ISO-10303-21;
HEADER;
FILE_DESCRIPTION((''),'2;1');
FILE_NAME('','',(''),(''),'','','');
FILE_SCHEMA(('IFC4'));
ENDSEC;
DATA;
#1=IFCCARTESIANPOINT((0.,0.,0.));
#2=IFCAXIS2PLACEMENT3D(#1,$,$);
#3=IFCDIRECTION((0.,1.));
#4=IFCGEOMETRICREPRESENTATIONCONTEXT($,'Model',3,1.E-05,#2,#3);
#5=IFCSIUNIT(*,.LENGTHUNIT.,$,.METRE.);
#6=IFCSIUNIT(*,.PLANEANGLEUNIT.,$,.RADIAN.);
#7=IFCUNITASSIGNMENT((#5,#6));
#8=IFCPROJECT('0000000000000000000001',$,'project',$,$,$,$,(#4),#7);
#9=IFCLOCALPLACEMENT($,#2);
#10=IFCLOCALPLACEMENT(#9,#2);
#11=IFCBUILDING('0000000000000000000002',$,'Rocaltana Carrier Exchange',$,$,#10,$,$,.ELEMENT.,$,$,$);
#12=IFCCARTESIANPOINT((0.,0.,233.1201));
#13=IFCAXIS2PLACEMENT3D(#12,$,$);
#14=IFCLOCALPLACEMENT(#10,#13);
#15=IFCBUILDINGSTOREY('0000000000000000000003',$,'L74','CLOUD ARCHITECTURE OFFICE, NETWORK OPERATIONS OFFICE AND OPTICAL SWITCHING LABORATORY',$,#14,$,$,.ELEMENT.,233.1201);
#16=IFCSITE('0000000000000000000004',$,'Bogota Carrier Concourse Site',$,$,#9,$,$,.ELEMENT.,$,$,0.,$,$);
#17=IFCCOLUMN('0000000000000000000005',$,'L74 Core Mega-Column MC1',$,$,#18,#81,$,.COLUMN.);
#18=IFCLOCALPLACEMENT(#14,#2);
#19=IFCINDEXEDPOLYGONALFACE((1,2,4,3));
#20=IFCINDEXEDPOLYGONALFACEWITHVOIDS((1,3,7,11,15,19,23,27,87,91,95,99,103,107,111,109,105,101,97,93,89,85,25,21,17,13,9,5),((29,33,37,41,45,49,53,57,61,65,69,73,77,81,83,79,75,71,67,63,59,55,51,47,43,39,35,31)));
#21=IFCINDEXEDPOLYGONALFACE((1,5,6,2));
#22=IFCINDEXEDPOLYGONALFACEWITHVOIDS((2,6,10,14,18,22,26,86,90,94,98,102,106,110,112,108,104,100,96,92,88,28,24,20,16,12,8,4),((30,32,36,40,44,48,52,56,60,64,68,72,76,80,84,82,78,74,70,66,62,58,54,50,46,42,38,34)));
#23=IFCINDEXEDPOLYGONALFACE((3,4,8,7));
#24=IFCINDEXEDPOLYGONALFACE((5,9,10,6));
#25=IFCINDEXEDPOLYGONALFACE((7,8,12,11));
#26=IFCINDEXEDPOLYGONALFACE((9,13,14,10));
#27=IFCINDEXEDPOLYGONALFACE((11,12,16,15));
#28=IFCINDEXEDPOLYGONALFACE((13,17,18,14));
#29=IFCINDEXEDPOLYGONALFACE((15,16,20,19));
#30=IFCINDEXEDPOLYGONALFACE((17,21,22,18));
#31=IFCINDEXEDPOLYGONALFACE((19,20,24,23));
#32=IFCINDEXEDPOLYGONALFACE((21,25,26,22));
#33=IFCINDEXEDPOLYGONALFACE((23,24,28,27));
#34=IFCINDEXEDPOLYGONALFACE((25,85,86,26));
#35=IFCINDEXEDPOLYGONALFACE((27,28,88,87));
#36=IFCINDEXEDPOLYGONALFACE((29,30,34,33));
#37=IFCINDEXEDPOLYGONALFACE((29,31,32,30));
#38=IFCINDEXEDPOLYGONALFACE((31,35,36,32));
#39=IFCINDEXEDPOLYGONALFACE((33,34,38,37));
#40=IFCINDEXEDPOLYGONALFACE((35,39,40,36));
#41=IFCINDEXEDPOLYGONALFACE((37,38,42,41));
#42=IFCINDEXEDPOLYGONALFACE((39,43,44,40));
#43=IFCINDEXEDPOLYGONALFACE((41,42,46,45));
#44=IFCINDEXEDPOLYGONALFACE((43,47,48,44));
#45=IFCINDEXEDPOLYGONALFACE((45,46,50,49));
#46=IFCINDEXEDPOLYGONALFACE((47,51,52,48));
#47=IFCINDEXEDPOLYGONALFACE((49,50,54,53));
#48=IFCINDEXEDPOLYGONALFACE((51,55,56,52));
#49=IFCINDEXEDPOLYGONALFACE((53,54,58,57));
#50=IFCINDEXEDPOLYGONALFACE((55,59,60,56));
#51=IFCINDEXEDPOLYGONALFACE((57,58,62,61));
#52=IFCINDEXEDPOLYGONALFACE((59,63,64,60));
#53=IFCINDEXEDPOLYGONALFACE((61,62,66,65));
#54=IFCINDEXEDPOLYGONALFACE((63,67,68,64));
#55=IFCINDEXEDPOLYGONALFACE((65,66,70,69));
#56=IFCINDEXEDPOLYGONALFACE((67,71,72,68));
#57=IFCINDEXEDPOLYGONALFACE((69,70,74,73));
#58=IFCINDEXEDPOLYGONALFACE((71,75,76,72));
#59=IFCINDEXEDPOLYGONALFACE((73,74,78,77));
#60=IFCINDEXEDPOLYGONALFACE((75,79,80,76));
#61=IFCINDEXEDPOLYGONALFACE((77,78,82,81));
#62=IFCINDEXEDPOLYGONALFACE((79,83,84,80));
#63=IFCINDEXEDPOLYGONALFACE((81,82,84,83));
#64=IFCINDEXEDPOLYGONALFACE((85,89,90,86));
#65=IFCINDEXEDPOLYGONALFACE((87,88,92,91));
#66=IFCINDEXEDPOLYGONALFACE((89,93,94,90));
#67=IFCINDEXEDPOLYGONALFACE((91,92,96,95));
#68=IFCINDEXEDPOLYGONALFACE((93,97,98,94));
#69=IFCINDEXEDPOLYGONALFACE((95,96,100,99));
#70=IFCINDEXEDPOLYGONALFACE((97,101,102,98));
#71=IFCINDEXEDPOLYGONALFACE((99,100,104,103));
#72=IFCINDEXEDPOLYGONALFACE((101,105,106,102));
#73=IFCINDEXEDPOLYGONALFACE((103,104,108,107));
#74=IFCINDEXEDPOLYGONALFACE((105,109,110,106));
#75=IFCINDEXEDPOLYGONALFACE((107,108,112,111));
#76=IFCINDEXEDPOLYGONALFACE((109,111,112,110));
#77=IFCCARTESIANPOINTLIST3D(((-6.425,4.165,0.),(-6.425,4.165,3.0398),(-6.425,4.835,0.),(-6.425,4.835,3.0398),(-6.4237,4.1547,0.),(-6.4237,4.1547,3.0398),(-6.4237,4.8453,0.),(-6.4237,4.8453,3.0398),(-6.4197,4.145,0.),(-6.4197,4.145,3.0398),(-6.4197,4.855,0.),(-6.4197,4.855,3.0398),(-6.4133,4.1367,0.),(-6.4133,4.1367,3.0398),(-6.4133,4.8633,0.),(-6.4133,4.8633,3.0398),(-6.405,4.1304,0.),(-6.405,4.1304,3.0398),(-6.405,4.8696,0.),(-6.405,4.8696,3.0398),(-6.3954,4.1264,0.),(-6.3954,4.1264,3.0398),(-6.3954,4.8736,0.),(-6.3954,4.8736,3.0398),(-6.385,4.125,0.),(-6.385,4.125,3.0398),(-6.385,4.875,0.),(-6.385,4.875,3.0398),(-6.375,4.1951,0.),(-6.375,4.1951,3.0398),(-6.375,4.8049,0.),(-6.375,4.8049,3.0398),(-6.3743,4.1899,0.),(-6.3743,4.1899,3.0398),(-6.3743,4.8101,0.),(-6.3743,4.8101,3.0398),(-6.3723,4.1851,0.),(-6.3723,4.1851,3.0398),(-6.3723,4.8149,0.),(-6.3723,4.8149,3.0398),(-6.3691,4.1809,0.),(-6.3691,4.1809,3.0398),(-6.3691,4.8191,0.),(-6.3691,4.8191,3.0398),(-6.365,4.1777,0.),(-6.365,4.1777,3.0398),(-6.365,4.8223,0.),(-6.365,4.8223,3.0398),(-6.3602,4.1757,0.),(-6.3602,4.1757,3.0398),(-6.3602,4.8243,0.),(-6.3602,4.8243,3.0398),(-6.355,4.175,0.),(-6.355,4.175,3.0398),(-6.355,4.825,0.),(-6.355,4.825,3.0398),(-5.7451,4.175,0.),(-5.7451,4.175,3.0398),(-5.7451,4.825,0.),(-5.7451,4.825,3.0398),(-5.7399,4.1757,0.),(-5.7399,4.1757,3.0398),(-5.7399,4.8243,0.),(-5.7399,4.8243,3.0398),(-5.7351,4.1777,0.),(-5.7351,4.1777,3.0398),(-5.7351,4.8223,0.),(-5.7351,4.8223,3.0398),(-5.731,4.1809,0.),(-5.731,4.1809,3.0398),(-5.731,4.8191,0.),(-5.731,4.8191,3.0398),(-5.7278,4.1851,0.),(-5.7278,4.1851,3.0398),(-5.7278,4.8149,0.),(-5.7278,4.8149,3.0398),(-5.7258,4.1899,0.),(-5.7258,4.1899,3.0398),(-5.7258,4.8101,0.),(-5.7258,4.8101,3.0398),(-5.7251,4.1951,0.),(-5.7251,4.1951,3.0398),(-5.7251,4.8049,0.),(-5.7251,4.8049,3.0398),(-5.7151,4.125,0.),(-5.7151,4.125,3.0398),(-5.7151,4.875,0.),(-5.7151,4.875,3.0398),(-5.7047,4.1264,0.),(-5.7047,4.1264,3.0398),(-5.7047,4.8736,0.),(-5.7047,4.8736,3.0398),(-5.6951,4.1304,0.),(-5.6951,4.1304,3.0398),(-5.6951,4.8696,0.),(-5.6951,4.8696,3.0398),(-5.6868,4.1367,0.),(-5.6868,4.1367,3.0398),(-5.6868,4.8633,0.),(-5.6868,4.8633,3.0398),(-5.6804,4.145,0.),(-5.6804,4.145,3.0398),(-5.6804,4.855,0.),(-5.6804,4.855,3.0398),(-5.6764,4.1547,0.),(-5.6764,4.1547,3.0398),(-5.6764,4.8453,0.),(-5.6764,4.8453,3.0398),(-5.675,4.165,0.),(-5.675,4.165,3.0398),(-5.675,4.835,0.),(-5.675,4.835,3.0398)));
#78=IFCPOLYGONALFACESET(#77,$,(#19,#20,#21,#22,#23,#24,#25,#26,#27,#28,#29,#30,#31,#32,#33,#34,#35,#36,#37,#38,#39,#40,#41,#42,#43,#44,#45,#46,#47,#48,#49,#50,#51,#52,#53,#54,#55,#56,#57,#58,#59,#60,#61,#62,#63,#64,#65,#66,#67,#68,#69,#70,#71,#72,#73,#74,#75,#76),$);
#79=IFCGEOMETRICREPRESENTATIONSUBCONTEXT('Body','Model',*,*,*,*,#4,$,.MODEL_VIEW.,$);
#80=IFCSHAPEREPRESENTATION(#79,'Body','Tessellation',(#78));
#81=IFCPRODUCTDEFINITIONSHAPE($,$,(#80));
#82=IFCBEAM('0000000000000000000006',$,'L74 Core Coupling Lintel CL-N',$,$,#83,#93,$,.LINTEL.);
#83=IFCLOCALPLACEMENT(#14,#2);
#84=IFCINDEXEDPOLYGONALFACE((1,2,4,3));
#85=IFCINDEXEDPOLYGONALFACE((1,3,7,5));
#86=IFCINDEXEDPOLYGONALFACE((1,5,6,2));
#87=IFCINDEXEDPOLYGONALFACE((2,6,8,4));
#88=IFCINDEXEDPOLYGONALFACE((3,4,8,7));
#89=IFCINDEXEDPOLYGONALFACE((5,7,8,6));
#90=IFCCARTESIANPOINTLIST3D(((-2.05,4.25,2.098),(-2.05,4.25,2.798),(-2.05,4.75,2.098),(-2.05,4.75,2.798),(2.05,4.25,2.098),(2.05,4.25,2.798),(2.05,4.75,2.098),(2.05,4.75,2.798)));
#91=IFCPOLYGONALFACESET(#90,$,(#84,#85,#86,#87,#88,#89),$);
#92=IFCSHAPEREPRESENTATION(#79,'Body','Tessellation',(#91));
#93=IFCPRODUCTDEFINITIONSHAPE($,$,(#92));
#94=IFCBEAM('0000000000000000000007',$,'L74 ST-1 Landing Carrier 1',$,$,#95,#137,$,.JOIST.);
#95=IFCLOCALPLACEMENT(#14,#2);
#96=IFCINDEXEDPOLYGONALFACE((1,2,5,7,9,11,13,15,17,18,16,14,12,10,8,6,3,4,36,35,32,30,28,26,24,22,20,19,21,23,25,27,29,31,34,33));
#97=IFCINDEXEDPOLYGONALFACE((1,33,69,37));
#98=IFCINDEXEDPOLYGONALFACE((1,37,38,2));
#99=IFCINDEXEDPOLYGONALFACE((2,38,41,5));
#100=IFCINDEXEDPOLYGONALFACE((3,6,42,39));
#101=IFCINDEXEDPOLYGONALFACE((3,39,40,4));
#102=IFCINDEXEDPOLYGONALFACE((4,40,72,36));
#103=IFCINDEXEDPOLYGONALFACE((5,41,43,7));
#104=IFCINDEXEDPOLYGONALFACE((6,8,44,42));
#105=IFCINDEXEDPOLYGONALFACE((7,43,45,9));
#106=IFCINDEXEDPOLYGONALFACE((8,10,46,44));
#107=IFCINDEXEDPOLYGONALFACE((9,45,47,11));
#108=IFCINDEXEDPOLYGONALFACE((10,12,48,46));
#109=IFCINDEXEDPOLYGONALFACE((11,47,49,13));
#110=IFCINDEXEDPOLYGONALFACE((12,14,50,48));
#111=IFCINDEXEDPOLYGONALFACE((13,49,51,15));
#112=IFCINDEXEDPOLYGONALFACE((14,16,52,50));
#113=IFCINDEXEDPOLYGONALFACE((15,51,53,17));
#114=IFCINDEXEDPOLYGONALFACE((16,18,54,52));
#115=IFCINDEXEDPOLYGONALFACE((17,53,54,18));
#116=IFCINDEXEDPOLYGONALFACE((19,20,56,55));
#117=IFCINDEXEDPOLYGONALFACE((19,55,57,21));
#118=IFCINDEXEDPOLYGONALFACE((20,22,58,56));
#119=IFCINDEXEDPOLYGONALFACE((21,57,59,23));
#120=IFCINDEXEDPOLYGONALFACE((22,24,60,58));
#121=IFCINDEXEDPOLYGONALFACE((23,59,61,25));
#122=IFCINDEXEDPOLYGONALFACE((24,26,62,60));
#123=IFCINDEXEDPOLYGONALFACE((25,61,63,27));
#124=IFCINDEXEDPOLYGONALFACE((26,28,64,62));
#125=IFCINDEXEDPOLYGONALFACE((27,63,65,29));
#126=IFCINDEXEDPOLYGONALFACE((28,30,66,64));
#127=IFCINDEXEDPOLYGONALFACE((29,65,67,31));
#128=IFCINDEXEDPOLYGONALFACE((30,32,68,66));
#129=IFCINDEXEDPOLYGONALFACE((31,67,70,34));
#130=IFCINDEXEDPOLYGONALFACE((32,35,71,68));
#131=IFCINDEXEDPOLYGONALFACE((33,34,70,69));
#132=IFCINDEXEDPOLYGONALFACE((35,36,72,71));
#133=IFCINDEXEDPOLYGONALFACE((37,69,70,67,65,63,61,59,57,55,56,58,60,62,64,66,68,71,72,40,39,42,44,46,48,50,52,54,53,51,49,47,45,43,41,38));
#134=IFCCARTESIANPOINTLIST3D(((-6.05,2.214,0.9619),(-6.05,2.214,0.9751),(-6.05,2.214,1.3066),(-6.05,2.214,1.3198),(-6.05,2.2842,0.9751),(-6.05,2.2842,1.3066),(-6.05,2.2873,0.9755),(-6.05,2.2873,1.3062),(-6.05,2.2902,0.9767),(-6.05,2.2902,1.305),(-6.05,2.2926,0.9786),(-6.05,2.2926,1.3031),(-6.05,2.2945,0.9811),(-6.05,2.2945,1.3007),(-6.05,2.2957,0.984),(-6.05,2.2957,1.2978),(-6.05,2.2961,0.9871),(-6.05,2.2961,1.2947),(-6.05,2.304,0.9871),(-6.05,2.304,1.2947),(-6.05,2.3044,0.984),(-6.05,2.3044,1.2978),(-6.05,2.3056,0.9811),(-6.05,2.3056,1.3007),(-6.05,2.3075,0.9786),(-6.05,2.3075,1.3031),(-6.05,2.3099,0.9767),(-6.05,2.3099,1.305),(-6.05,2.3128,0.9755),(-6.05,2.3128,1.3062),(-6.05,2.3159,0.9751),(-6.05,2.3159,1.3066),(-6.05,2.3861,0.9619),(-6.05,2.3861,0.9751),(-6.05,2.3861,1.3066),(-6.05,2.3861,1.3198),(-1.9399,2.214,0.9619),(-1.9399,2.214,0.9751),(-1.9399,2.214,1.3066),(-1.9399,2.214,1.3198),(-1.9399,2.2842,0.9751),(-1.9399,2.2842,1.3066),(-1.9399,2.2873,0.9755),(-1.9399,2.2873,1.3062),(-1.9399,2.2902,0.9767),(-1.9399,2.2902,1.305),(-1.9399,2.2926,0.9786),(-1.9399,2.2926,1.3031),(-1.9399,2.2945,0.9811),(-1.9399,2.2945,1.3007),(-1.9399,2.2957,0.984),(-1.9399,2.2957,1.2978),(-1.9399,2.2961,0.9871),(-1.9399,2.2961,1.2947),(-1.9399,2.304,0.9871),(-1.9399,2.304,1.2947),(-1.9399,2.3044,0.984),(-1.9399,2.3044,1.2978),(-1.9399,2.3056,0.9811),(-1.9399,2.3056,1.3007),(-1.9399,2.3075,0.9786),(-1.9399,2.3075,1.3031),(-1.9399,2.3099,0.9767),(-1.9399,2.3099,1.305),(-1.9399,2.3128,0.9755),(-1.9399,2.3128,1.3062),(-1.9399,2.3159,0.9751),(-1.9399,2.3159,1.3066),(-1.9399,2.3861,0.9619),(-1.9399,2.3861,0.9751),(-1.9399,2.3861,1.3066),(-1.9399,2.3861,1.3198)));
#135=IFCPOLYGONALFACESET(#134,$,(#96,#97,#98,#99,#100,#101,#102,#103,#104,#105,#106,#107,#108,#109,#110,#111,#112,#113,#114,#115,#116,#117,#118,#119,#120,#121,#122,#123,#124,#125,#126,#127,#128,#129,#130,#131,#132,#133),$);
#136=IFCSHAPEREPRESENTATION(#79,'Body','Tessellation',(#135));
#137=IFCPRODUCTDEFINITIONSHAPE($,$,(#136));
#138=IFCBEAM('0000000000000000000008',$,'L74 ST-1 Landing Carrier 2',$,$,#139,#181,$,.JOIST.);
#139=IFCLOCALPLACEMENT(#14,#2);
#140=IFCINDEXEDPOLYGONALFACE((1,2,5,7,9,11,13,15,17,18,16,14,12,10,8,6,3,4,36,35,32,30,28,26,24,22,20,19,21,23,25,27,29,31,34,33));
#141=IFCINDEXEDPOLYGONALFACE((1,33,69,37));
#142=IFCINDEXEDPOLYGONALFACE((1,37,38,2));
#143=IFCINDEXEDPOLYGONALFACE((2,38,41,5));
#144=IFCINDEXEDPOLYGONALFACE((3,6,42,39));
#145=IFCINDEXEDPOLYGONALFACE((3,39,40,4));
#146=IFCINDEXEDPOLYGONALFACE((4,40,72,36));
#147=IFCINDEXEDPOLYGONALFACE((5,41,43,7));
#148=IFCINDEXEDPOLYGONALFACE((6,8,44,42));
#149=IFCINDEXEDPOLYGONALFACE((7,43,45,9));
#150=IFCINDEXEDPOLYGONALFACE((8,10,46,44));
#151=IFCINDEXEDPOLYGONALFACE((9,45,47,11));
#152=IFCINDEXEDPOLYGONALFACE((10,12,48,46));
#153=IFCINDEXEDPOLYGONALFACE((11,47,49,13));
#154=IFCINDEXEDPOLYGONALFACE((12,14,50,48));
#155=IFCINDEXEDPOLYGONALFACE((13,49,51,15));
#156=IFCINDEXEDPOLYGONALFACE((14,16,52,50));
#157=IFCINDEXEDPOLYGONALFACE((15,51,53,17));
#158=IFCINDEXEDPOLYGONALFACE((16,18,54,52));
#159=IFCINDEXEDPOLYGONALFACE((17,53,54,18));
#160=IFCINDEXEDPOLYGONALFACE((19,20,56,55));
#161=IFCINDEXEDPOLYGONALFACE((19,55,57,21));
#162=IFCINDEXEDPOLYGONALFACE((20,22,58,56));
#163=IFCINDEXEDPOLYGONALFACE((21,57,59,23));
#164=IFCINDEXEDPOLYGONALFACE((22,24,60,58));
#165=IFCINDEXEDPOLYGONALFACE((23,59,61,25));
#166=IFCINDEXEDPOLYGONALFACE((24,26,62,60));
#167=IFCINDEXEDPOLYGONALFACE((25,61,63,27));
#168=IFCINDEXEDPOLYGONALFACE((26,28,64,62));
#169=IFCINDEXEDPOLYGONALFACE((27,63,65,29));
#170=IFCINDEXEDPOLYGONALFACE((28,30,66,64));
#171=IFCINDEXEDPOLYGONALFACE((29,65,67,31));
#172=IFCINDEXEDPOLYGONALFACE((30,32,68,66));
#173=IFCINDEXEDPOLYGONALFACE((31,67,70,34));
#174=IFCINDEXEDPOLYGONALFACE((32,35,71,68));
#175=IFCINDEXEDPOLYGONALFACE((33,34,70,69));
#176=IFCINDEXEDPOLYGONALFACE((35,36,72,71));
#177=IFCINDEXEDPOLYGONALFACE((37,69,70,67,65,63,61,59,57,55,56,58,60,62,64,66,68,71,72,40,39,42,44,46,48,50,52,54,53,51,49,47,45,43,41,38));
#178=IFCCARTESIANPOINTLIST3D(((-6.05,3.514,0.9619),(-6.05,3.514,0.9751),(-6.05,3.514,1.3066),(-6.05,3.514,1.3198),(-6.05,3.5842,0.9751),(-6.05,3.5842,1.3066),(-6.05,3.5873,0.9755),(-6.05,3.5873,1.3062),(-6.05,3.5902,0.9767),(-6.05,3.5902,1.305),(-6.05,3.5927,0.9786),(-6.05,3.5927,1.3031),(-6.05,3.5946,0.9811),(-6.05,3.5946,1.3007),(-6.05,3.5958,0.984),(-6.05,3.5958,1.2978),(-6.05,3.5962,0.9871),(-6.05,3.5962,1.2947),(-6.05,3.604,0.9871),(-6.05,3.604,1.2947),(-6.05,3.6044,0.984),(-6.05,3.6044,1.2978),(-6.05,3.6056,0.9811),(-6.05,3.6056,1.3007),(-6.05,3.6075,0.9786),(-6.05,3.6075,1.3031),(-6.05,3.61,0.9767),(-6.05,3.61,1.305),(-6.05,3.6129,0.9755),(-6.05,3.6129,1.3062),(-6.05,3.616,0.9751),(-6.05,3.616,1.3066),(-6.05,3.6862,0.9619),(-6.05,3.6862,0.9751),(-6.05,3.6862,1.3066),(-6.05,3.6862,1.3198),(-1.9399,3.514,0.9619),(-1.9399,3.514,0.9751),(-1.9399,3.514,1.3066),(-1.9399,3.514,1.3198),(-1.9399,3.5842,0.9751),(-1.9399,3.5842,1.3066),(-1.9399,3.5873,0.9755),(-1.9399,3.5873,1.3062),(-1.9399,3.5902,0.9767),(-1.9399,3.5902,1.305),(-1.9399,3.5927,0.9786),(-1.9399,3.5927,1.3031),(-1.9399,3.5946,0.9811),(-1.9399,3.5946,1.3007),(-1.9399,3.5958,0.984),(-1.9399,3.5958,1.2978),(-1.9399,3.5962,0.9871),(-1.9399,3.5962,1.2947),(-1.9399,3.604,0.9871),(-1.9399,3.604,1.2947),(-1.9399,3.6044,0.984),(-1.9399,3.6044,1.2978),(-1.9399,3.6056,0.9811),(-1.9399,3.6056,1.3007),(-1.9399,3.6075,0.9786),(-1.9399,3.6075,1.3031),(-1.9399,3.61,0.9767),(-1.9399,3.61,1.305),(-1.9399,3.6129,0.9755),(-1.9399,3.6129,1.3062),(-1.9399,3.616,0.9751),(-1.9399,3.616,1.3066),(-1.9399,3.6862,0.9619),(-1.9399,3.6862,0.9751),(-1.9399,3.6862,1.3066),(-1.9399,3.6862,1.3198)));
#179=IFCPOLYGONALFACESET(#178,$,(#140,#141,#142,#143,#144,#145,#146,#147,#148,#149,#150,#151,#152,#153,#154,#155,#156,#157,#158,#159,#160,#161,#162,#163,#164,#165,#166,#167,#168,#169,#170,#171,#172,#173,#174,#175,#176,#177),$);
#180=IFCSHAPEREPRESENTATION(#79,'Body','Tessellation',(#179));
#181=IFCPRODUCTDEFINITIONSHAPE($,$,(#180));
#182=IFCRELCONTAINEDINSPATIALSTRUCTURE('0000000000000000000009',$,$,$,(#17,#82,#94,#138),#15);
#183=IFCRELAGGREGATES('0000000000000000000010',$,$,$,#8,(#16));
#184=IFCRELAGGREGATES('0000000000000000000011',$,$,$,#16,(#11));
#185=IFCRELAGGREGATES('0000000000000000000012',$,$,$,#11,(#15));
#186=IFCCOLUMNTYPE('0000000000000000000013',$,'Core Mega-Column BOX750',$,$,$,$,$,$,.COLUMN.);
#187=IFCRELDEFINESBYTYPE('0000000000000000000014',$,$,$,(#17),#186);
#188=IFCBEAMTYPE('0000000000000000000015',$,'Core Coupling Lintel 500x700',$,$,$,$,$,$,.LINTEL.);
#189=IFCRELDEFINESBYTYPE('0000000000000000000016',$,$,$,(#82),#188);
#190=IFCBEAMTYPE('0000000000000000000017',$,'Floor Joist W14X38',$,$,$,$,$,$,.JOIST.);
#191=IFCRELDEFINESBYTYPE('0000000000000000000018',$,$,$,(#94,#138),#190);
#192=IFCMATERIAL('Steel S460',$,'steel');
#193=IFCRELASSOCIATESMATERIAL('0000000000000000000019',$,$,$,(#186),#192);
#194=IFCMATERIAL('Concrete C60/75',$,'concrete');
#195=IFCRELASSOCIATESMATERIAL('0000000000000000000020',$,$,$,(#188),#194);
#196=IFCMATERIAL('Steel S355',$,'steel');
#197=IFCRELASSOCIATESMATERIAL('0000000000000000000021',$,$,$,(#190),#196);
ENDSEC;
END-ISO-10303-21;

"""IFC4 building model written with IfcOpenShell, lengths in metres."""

from ifc_helpers import new_model, si_unit, direction, frame, origin, origin_2d, place, context, subcontext, project, spatial, rectangle, hollow_rectangle, i_section, extrude, material, material_profile, profile_set, type_object, element, save


model = new_model("IFC4")

# Units and contexts
model_context = context("Model", 3, precision=1e-05, world=origin(), true_north=direction((0.0, 1.0)))
body_context = subcontext(model_context, "Body", "Model", "MODEL_VIEW")
ifc_project = project(units=[si_unit("LENGTHUNIT", "METRE"), si_unit("PLANEANGLEUNIT", "RADIAN")], contexts=[model_context])

# Site, building, storey
site_placement = place(None, origin())
site = spatial("IfcSite", under=ifc_project, at=site_placement, Name="Bogota Carrier Concourse Site", CompositionType="ELEMENT", RefElevation=0.0)
building_placement = place(site_placement, origin())
building = spatial("IfcBuilding", under=site, at=building_placement, Name="Rocaltana Carrier Exchange", CompositionType="ELEMENT")
storey_placement = place(building_placement, frame((0.0, 0.0, 233.1201)))
storey = spatial("IfcBuildingStorey", under=building, at=storey_placement, Name="L74", Description="CLOUD ARCHITECTURE OFFICE, NETWORK OPERATIONS OFFICE AND OPTICAL SWITCHING LABORATORY", CompositionType="ELEMENT", Elevation=233.1201)

# Column
ifc_material_1 = material(Name="Steel S460", Category="steel")
ifc_material_profile_1 = material_profile(ifc_material_1, hollow_rectangle(XDim=0.75, YDim=0.75, WallThickness=0.05, InnerFilletRadius=0.02, OuterFilletRadius=0.04, at=origin_2d()), Name="BOX750X750X50")
ifc_profile_set_1 = profile_set([ifc_material_profile_1], Name="Steel S460")
column_type = type_object("IfcColumnType", Name="Core Mega-Column BOX750", PredefinedType="COLUMN", material=ifc_profile_set_1)
column_placement = place(storey_placement, frame((-6.05, 4.5, 0.0), z_axis=(0.0, 0.0, 1.0), x_axis=(1.0, 0.0, 0.0)))
element("IfcColumn", 1, at=column_placement, inside=storey, type_object=column_type, Name="L74 Core Mega-Column MC1", PredefinedType="COLUMN", context=body_context, shape_type="SweptSolid", body=[
    extrude(hollow_rectangle(XDim=0.75, YDim=0.75, WallThickness=0.05, InnerFilletRadius=0.02, OuterFilletRadius=0.04, at=origin_2d()), origin(), (0.0, 0.0, 1.0), 3.0398),
])

# Beams
ifc_material_2 = material(Name="Concrete C60/75", Category="concrete")
ifc_material_profile_2 = material_profile(ifc_material_2, rectangle(XDim=0.5, YDim=0.7, at=origin_2d()), Name="RC-BM-500X700")
ifc_profile_set_2 = profile_set([ifc_material_profile_2], Name="Concrete C60/75")
beam_type_1 = type_object("IfcBeamType", Name="Core Coupling Lintel 500x700", PredefinedType="LINTEL", material=ifc_profile_set_2)
beam_1_placement = place(storey_placement, frame((-2.05, 4.5, 2.448), z_axis=(1.0, 0.0, 0.0), x_axis=(0.0, 1.0, 0.0)))
element("IfcBeam", 2, at=beam_1_placement, inside=storey, type_object=beam_type_1, Name="L74 Core Coupling Lintel CL-N", PredefinedType="LINTEL", context=body_context, shape_type="SweptSolid", body=[
    extrude(rectangle(XDim=0.5, YDim=0.7, at=origin_2d()), origin(), (0.0, 0.0, 1.0), 4.1001),
])
ifc_material_3 = material(Name="Steel S355", Category="steel")
ifc_material_profile_3 = material_profile(ifc_material_3, i_section(OverallWidth=0.1721, OverallDepth=0.3579, WebThickness=0.0078, FlangeThickness=0.0132, FilletRadius=0.012, at=origin_2d()), Name="W14X38")
ifc_profile_set_3 = profile_set([ifc_material_profile_3], Name="Steel S355")
beam_type_2 = type_object("IfcBeamType", Name="Floor Joist W14X38", PredefinedType="JOIST", material=ifc_profile_set_3)
for number, where, z_axis, x_axis, name in (
    (3, (-6.05, 2.3, 1.1409), (1.0, 0.0, 0.0), (0.0, 1.0, 0.0), "L74 ST-1 Landing Carrier 1"),
    (4, (-6.05, 3.6001, 1.1409), (1.0, 0.0, 0.0), (0.0, 1.0, 0.0), "L74 ST-1 Landing Carrier 2"),
):
    element("IfcBeam", number, at=place(storey_placement, frame(where, z_axis=z_axis, x_axis=x_axis)), inside=storey, type_object=beam_type_2, Name=name, PredefinedType="JOIST", context=body_context, shape_type="SweptSolid", body=[
        extrude(i_section(OverallWidth=0.1721, OverallDepth=0.3579, WebThickness=0.0078, FlangeThickness=0.0132, FilletRadius=0.012, at=origin_2d()), origin(), (0.0, 0.0, 1.0), 4.1101),
    ])

save(model, "model.ifc")
